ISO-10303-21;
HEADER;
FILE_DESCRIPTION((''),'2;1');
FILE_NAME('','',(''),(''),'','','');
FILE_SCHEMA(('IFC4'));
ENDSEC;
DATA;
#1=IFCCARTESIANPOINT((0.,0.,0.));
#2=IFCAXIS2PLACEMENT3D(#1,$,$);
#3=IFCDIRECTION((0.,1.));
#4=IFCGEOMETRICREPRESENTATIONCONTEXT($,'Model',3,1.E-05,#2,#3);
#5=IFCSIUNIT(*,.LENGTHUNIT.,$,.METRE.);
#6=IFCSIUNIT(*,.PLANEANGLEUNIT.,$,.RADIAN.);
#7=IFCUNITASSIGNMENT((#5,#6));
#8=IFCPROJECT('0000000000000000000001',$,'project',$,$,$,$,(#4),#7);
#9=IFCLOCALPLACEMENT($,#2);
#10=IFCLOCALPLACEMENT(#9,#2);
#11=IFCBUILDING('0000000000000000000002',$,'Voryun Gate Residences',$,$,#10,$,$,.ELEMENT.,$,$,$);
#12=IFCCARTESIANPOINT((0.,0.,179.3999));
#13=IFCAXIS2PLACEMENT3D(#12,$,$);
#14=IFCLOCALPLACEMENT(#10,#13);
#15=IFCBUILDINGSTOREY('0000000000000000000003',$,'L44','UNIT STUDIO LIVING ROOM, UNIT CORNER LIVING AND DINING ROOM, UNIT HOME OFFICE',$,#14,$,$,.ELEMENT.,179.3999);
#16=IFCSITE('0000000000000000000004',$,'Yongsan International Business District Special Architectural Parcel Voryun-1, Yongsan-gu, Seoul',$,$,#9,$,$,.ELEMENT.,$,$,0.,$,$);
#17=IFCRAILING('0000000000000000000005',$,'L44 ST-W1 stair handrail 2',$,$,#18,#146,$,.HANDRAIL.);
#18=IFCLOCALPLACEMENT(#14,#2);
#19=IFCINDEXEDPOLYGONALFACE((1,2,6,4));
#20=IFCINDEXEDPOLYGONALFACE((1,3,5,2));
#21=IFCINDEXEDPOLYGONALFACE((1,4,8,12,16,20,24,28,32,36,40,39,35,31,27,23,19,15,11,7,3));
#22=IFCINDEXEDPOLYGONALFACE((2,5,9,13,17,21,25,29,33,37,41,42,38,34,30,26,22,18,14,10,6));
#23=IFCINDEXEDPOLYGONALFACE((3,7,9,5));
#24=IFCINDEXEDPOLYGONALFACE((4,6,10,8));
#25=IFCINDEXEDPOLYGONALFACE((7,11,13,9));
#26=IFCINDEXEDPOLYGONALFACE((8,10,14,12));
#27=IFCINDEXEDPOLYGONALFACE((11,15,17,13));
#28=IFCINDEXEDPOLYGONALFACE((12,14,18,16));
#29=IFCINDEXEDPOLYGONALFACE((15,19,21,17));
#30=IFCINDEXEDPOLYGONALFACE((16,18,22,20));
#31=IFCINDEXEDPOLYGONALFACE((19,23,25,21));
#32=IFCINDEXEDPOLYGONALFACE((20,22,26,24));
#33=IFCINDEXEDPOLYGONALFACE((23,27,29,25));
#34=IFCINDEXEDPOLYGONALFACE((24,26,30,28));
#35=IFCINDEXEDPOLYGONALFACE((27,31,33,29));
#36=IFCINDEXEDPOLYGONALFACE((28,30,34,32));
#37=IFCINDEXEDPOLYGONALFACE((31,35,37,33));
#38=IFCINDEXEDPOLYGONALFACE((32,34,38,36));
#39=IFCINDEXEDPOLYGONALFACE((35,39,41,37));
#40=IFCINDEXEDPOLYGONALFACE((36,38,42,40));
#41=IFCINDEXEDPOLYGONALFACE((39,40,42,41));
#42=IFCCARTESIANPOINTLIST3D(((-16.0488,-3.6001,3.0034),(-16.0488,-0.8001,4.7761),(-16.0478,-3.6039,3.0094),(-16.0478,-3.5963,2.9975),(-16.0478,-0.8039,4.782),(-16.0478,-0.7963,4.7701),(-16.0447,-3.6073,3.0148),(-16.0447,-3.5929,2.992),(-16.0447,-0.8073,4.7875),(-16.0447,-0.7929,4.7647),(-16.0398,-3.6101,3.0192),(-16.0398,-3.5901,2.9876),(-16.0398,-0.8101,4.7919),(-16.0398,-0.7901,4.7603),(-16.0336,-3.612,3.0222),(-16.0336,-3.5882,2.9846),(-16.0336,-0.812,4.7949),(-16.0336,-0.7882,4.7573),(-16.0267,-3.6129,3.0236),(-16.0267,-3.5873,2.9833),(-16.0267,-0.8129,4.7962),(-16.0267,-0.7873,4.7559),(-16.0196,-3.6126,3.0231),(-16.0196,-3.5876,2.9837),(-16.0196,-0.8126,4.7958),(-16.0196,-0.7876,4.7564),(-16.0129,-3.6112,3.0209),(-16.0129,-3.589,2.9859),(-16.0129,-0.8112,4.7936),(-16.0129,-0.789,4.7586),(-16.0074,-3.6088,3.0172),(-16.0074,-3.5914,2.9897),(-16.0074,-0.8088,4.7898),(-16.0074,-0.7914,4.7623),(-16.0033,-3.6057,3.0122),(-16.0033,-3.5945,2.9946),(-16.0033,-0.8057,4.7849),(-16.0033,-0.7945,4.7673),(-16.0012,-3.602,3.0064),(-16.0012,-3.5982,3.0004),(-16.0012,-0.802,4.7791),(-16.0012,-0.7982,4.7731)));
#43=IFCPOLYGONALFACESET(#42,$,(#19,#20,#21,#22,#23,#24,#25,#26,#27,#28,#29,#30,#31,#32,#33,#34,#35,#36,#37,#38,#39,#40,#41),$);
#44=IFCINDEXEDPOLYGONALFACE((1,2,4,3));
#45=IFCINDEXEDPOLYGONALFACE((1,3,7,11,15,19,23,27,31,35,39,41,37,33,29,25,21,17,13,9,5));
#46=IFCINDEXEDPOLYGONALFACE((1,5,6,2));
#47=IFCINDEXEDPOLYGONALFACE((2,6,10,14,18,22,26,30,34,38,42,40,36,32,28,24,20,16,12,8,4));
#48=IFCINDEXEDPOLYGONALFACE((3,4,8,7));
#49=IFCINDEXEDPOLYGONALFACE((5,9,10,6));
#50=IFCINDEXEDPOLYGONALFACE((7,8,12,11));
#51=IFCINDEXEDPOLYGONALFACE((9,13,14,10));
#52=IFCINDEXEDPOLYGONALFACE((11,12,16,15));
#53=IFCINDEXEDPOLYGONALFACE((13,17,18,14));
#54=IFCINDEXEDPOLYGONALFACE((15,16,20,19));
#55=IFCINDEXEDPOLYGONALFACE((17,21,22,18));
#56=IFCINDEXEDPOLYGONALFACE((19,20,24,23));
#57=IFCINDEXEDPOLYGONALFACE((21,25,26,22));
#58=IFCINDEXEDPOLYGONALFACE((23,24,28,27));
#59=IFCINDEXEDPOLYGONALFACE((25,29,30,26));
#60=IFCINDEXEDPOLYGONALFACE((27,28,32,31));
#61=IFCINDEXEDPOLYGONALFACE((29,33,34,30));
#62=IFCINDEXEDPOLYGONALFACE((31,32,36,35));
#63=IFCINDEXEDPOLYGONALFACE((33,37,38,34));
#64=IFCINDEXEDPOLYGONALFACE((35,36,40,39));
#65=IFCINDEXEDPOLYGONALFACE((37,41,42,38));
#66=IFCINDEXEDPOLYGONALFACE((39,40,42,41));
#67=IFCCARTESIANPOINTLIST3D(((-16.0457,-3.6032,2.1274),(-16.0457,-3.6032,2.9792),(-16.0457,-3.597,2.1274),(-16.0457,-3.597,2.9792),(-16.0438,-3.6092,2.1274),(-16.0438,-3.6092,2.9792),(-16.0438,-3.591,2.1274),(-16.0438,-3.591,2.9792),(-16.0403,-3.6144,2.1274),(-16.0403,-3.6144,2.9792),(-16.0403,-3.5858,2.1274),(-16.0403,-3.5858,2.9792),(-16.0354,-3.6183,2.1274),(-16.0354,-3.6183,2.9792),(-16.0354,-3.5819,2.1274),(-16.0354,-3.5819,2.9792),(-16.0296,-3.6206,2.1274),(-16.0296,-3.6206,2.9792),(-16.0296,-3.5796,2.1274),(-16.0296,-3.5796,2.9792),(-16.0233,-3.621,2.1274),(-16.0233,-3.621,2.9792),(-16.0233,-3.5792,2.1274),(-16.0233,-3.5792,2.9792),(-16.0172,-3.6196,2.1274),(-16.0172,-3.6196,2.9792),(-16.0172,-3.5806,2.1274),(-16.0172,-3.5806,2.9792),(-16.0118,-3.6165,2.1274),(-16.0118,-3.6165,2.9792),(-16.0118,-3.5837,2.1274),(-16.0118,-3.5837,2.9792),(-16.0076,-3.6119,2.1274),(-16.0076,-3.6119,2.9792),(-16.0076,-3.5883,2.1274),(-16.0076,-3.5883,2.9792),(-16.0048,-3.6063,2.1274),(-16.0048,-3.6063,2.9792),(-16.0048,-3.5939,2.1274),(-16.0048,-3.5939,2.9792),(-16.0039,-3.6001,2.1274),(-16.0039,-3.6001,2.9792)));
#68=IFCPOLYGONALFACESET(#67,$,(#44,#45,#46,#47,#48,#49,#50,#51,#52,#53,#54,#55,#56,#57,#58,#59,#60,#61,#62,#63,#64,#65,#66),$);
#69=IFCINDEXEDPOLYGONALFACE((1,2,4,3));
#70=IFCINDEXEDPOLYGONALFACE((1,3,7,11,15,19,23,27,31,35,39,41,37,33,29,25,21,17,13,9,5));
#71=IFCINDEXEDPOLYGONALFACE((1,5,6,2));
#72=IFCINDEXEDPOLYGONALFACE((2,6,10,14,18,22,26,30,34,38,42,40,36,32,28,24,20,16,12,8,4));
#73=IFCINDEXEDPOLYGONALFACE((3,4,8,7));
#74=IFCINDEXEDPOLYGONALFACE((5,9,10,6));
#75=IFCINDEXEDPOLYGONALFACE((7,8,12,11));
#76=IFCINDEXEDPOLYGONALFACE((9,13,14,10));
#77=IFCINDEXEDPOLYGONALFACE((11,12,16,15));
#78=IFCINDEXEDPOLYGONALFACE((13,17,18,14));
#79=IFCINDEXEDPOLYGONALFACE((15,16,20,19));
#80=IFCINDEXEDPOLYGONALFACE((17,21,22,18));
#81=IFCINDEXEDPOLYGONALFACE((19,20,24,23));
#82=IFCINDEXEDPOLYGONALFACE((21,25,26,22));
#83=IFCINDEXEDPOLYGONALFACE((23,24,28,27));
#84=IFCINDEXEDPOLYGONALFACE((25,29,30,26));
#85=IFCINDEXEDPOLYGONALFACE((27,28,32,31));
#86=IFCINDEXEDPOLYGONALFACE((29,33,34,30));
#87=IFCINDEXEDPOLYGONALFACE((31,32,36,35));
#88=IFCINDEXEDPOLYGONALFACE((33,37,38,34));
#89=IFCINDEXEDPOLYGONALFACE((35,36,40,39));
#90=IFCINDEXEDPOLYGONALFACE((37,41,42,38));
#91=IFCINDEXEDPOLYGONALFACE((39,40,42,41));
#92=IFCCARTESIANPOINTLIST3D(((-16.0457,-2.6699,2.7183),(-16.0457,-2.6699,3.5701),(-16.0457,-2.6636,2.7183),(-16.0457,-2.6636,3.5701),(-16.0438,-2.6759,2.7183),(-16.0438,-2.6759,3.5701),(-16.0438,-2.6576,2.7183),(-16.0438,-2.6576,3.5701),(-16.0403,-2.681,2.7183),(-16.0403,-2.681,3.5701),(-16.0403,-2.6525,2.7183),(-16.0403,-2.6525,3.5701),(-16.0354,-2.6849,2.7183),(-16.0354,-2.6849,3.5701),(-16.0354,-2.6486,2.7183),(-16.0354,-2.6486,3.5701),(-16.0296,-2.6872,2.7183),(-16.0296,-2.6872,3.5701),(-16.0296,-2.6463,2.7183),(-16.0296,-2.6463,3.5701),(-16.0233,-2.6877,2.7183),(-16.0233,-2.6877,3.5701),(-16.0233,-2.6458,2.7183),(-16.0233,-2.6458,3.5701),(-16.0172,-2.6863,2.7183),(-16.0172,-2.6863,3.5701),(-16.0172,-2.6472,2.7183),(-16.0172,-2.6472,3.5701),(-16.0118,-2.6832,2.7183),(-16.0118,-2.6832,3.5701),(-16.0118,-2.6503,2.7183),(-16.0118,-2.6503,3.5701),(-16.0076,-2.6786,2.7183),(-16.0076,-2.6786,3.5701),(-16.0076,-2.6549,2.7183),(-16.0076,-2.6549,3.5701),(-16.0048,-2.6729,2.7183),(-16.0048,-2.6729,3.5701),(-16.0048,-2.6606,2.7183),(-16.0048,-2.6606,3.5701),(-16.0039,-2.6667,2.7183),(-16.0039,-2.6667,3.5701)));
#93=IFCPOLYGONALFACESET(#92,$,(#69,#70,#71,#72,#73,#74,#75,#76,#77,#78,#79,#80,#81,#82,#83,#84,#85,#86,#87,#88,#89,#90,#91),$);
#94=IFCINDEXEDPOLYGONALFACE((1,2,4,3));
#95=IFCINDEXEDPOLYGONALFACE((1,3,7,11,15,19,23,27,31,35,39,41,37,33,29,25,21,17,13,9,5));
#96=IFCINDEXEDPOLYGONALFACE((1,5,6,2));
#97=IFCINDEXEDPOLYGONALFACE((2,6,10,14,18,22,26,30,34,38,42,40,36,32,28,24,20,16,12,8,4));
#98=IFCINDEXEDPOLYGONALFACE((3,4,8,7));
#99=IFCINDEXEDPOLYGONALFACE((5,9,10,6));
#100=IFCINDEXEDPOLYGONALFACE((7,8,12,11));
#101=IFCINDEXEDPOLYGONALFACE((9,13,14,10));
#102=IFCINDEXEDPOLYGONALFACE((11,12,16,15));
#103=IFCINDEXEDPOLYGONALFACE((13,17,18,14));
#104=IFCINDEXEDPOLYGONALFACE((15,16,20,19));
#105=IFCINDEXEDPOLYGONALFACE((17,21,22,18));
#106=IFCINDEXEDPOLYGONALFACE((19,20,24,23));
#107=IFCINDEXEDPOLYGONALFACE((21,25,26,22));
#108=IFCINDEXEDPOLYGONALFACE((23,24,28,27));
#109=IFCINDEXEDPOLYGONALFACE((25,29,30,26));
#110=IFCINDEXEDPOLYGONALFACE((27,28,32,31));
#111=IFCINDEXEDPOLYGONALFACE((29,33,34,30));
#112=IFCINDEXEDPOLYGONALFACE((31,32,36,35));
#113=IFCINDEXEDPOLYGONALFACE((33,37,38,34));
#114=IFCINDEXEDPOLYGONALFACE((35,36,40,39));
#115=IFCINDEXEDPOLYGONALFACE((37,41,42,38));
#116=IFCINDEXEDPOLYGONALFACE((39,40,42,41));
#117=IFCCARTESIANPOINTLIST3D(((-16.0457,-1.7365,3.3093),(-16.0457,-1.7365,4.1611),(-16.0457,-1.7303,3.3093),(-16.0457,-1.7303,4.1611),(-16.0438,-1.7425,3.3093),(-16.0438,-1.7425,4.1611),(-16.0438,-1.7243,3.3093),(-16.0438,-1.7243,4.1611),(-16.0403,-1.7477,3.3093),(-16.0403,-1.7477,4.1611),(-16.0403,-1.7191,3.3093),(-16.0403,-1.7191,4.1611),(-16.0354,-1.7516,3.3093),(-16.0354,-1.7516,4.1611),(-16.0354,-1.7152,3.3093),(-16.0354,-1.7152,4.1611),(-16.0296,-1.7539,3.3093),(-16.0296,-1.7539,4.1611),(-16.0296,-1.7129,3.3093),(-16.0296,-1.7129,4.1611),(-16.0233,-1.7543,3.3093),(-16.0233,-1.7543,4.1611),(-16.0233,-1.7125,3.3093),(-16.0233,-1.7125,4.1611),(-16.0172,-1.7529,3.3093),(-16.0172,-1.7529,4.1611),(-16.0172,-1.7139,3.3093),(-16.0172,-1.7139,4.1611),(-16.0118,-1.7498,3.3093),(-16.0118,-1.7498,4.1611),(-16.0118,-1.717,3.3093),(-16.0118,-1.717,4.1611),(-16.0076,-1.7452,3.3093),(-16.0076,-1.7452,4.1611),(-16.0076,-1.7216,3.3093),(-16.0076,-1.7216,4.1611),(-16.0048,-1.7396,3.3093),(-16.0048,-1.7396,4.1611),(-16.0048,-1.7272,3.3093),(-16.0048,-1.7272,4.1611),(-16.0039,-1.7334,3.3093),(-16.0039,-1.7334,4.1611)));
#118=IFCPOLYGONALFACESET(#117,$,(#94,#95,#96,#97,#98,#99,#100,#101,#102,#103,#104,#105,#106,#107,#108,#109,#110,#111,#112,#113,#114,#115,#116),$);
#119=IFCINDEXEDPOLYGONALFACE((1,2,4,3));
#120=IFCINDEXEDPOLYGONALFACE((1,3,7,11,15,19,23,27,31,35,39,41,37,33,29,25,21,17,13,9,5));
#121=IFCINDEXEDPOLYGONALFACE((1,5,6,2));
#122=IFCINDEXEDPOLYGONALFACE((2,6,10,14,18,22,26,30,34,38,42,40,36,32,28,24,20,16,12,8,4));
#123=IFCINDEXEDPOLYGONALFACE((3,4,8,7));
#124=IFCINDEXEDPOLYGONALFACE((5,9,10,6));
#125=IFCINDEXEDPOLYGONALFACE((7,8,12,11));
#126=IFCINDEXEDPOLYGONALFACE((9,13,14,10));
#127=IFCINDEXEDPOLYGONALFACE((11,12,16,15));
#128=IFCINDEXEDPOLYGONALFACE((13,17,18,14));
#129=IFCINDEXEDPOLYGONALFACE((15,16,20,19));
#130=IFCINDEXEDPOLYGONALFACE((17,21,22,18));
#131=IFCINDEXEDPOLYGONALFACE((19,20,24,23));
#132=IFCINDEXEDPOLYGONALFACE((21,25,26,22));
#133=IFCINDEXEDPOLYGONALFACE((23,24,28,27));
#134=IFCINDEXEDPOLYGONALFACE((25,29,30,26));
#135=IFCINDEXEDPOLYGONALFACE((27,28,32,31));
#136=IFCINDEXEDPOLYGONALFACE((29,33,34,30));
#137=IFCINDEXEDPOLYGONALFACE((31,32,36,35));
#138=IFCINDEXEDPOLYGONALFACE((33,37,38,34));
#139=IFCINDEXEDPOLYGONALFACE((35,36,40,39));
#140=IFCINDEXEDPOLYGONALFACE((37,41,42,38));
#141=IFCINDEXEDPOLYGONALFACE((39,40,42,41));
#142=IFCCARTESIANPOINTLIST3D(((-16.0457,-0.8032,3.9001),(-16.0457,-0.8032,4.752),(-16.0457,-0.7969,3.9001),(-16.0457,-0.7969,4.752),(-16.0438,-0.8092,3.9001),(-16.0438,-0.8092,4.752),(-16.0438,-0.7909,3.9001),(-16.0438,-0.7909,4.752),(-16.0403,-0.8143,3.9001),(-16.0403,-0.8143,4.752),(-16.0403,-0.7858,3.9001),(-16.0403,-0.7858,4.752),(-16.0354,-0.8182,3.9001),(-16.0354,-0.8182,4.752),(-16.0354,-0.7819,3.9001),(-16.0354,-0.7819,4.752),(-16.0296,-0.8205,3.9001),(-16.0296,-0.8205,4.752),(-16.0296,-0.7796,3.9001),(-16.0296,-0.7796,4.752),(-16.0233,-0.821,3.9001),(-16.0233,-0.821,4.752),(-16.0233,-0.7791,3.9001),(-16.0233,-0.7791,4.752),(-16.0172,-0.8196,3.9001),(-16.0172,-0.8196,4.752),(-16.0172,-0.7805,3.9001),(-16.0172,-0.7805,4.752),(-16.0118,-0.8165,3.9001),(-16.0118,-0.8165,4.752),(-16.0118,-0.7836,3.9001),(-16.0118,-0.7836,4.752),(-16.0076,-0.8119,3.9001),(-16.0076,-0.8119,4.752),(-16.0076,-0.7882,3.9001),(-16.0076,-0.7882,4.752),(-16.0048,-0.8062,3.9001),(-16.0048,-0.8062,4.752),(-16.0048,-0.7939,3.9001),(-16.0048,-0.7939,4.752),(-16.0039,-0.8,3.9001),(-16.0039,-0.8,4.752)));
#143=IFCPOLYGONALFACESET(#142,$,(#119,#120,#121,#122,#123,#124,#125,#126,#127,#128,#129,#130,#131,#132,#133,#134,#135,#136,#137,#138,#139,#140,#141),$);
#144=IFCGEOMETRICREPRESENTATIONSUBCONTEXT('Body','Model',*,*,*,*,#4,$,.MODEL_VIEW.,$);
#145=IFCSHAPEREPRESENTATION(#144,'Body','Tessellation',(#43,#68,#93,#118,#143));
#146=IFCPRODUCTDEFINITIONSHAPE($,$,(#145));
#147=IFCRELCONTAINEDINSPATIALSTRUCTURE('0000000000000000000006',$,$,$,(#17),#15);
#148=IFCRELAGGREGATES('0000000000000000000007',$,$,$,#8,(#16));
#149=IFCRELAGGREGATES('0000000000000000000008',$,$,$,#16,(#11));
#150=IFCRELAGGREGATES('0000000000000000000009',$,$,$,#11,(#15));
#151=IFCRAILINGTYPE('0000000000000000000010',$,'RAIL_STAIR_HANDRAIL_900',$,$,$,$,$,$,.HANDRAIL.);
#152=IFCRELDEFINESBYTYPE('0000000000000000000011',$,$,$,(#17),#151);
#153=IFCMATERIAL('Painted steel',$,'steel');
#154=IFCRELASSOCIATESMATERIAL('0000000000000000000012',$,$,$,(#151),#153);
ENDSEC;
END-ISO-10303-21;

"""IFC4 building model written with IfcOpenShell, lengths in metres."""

from ifc_helpers import new_model, si_unit, direction, frame, origin, origin_2d, place, context, subcontext, project, spatial, circle, extrude, material, type_object, element, save


model = new_model("IFC4")

# Units and contexts
model_context = context("Model", 3, precision=1e-05, world=origin(), true_north=direction((0.0, 1.0)))
body_context = subcontext(model_context, "Body", "Model", "MODEL_VIEW")
ifc_project = project(units=[si_unit("LENGTHUNIT", "METRE"), si_unit("PLANEANGLEUNIT", "RADIAN")], contexts=[model_context])

# Site, building, storey
site_placement = place(None, origin())
site = spatial("IfcSite", under=ifc_project, at=site_placement, Name="Yongsan International Business District Special Architectural Parcel Voryun-1, Yongsan-gu, Seoul", CompositionType="ELEMENT", RefElevation=0.0)
building_placement = place(site_placement, origin())
building = spatial("IfcBuilding", under=site, at=building_placement, Name="Voryun Gate Residences", CompositionType="ELEMENT")
storey_placement = place(building_placement, frame((0.0, 0.0, 179.3999)))
storey = spatial("IfcBuildingStorey", under=building, at=storey_placement, Name="L44", Description="UNIT STUDIO LIVING ROOM, UNIT CORNER LIVING AND DINING ROOM, UNIT HOME OFFICE", CompositionType="ELEMENT", Elevation=179.3999)

# Railing
ifc_material_1 = material(Name="Painted steel", Category="steel")
railing_type_1 = type_object("IfcRailingType", Name="RAIL_STAIR_HANDRAIL_900", PredefinedType="HANDRAIL", material=ifc_material_1)
railing_1_placement = place(storey_placement, frame((-16.0249, -3.6001, 2.1274)))
element("IfcRailing", 1, at=railing_1_placement, inside=storey, type_object=railing_type_1, Name="L44 ST-W1 stair handrail 2", PredefinedType="HANDRAIL", context=body_context, shape_type="SweptSolid", body=[
    extrude(circle(Radius=0.0239, at=origin_2d()), frame((0.0, 0.0, 0.876), z_axis=(0.0, 0.844909, 0.53491), x_axis=(-1.0, 0.0, 0.0)), (0.0, 0.0, 1.0), 3.314),
    extrude(circle(Radius=0.021, at=origin_2d()), origin(), (0.0, 0.0, 1.0), 0.8518),
    extrude(circle(Radius=0.021, at=origin_2d()), frame((0.0, 0.9333, 0.5908)), (0.0, 0.0, 1.0), 0.8518),
    extrude(circle(Radius=0.021, at=origin_2d()), frame((0.0, 1.8667, 1.1819)), (0.0, 0.0, 1.0), 0.8518),
    extrude(circle(Radius=0.021, at=origin_2d()), frame((0.0, 2.8, 1.7727)), (0.0, 0.0, 1.0), 0.8518),
])

save(model, "model.ifc")
